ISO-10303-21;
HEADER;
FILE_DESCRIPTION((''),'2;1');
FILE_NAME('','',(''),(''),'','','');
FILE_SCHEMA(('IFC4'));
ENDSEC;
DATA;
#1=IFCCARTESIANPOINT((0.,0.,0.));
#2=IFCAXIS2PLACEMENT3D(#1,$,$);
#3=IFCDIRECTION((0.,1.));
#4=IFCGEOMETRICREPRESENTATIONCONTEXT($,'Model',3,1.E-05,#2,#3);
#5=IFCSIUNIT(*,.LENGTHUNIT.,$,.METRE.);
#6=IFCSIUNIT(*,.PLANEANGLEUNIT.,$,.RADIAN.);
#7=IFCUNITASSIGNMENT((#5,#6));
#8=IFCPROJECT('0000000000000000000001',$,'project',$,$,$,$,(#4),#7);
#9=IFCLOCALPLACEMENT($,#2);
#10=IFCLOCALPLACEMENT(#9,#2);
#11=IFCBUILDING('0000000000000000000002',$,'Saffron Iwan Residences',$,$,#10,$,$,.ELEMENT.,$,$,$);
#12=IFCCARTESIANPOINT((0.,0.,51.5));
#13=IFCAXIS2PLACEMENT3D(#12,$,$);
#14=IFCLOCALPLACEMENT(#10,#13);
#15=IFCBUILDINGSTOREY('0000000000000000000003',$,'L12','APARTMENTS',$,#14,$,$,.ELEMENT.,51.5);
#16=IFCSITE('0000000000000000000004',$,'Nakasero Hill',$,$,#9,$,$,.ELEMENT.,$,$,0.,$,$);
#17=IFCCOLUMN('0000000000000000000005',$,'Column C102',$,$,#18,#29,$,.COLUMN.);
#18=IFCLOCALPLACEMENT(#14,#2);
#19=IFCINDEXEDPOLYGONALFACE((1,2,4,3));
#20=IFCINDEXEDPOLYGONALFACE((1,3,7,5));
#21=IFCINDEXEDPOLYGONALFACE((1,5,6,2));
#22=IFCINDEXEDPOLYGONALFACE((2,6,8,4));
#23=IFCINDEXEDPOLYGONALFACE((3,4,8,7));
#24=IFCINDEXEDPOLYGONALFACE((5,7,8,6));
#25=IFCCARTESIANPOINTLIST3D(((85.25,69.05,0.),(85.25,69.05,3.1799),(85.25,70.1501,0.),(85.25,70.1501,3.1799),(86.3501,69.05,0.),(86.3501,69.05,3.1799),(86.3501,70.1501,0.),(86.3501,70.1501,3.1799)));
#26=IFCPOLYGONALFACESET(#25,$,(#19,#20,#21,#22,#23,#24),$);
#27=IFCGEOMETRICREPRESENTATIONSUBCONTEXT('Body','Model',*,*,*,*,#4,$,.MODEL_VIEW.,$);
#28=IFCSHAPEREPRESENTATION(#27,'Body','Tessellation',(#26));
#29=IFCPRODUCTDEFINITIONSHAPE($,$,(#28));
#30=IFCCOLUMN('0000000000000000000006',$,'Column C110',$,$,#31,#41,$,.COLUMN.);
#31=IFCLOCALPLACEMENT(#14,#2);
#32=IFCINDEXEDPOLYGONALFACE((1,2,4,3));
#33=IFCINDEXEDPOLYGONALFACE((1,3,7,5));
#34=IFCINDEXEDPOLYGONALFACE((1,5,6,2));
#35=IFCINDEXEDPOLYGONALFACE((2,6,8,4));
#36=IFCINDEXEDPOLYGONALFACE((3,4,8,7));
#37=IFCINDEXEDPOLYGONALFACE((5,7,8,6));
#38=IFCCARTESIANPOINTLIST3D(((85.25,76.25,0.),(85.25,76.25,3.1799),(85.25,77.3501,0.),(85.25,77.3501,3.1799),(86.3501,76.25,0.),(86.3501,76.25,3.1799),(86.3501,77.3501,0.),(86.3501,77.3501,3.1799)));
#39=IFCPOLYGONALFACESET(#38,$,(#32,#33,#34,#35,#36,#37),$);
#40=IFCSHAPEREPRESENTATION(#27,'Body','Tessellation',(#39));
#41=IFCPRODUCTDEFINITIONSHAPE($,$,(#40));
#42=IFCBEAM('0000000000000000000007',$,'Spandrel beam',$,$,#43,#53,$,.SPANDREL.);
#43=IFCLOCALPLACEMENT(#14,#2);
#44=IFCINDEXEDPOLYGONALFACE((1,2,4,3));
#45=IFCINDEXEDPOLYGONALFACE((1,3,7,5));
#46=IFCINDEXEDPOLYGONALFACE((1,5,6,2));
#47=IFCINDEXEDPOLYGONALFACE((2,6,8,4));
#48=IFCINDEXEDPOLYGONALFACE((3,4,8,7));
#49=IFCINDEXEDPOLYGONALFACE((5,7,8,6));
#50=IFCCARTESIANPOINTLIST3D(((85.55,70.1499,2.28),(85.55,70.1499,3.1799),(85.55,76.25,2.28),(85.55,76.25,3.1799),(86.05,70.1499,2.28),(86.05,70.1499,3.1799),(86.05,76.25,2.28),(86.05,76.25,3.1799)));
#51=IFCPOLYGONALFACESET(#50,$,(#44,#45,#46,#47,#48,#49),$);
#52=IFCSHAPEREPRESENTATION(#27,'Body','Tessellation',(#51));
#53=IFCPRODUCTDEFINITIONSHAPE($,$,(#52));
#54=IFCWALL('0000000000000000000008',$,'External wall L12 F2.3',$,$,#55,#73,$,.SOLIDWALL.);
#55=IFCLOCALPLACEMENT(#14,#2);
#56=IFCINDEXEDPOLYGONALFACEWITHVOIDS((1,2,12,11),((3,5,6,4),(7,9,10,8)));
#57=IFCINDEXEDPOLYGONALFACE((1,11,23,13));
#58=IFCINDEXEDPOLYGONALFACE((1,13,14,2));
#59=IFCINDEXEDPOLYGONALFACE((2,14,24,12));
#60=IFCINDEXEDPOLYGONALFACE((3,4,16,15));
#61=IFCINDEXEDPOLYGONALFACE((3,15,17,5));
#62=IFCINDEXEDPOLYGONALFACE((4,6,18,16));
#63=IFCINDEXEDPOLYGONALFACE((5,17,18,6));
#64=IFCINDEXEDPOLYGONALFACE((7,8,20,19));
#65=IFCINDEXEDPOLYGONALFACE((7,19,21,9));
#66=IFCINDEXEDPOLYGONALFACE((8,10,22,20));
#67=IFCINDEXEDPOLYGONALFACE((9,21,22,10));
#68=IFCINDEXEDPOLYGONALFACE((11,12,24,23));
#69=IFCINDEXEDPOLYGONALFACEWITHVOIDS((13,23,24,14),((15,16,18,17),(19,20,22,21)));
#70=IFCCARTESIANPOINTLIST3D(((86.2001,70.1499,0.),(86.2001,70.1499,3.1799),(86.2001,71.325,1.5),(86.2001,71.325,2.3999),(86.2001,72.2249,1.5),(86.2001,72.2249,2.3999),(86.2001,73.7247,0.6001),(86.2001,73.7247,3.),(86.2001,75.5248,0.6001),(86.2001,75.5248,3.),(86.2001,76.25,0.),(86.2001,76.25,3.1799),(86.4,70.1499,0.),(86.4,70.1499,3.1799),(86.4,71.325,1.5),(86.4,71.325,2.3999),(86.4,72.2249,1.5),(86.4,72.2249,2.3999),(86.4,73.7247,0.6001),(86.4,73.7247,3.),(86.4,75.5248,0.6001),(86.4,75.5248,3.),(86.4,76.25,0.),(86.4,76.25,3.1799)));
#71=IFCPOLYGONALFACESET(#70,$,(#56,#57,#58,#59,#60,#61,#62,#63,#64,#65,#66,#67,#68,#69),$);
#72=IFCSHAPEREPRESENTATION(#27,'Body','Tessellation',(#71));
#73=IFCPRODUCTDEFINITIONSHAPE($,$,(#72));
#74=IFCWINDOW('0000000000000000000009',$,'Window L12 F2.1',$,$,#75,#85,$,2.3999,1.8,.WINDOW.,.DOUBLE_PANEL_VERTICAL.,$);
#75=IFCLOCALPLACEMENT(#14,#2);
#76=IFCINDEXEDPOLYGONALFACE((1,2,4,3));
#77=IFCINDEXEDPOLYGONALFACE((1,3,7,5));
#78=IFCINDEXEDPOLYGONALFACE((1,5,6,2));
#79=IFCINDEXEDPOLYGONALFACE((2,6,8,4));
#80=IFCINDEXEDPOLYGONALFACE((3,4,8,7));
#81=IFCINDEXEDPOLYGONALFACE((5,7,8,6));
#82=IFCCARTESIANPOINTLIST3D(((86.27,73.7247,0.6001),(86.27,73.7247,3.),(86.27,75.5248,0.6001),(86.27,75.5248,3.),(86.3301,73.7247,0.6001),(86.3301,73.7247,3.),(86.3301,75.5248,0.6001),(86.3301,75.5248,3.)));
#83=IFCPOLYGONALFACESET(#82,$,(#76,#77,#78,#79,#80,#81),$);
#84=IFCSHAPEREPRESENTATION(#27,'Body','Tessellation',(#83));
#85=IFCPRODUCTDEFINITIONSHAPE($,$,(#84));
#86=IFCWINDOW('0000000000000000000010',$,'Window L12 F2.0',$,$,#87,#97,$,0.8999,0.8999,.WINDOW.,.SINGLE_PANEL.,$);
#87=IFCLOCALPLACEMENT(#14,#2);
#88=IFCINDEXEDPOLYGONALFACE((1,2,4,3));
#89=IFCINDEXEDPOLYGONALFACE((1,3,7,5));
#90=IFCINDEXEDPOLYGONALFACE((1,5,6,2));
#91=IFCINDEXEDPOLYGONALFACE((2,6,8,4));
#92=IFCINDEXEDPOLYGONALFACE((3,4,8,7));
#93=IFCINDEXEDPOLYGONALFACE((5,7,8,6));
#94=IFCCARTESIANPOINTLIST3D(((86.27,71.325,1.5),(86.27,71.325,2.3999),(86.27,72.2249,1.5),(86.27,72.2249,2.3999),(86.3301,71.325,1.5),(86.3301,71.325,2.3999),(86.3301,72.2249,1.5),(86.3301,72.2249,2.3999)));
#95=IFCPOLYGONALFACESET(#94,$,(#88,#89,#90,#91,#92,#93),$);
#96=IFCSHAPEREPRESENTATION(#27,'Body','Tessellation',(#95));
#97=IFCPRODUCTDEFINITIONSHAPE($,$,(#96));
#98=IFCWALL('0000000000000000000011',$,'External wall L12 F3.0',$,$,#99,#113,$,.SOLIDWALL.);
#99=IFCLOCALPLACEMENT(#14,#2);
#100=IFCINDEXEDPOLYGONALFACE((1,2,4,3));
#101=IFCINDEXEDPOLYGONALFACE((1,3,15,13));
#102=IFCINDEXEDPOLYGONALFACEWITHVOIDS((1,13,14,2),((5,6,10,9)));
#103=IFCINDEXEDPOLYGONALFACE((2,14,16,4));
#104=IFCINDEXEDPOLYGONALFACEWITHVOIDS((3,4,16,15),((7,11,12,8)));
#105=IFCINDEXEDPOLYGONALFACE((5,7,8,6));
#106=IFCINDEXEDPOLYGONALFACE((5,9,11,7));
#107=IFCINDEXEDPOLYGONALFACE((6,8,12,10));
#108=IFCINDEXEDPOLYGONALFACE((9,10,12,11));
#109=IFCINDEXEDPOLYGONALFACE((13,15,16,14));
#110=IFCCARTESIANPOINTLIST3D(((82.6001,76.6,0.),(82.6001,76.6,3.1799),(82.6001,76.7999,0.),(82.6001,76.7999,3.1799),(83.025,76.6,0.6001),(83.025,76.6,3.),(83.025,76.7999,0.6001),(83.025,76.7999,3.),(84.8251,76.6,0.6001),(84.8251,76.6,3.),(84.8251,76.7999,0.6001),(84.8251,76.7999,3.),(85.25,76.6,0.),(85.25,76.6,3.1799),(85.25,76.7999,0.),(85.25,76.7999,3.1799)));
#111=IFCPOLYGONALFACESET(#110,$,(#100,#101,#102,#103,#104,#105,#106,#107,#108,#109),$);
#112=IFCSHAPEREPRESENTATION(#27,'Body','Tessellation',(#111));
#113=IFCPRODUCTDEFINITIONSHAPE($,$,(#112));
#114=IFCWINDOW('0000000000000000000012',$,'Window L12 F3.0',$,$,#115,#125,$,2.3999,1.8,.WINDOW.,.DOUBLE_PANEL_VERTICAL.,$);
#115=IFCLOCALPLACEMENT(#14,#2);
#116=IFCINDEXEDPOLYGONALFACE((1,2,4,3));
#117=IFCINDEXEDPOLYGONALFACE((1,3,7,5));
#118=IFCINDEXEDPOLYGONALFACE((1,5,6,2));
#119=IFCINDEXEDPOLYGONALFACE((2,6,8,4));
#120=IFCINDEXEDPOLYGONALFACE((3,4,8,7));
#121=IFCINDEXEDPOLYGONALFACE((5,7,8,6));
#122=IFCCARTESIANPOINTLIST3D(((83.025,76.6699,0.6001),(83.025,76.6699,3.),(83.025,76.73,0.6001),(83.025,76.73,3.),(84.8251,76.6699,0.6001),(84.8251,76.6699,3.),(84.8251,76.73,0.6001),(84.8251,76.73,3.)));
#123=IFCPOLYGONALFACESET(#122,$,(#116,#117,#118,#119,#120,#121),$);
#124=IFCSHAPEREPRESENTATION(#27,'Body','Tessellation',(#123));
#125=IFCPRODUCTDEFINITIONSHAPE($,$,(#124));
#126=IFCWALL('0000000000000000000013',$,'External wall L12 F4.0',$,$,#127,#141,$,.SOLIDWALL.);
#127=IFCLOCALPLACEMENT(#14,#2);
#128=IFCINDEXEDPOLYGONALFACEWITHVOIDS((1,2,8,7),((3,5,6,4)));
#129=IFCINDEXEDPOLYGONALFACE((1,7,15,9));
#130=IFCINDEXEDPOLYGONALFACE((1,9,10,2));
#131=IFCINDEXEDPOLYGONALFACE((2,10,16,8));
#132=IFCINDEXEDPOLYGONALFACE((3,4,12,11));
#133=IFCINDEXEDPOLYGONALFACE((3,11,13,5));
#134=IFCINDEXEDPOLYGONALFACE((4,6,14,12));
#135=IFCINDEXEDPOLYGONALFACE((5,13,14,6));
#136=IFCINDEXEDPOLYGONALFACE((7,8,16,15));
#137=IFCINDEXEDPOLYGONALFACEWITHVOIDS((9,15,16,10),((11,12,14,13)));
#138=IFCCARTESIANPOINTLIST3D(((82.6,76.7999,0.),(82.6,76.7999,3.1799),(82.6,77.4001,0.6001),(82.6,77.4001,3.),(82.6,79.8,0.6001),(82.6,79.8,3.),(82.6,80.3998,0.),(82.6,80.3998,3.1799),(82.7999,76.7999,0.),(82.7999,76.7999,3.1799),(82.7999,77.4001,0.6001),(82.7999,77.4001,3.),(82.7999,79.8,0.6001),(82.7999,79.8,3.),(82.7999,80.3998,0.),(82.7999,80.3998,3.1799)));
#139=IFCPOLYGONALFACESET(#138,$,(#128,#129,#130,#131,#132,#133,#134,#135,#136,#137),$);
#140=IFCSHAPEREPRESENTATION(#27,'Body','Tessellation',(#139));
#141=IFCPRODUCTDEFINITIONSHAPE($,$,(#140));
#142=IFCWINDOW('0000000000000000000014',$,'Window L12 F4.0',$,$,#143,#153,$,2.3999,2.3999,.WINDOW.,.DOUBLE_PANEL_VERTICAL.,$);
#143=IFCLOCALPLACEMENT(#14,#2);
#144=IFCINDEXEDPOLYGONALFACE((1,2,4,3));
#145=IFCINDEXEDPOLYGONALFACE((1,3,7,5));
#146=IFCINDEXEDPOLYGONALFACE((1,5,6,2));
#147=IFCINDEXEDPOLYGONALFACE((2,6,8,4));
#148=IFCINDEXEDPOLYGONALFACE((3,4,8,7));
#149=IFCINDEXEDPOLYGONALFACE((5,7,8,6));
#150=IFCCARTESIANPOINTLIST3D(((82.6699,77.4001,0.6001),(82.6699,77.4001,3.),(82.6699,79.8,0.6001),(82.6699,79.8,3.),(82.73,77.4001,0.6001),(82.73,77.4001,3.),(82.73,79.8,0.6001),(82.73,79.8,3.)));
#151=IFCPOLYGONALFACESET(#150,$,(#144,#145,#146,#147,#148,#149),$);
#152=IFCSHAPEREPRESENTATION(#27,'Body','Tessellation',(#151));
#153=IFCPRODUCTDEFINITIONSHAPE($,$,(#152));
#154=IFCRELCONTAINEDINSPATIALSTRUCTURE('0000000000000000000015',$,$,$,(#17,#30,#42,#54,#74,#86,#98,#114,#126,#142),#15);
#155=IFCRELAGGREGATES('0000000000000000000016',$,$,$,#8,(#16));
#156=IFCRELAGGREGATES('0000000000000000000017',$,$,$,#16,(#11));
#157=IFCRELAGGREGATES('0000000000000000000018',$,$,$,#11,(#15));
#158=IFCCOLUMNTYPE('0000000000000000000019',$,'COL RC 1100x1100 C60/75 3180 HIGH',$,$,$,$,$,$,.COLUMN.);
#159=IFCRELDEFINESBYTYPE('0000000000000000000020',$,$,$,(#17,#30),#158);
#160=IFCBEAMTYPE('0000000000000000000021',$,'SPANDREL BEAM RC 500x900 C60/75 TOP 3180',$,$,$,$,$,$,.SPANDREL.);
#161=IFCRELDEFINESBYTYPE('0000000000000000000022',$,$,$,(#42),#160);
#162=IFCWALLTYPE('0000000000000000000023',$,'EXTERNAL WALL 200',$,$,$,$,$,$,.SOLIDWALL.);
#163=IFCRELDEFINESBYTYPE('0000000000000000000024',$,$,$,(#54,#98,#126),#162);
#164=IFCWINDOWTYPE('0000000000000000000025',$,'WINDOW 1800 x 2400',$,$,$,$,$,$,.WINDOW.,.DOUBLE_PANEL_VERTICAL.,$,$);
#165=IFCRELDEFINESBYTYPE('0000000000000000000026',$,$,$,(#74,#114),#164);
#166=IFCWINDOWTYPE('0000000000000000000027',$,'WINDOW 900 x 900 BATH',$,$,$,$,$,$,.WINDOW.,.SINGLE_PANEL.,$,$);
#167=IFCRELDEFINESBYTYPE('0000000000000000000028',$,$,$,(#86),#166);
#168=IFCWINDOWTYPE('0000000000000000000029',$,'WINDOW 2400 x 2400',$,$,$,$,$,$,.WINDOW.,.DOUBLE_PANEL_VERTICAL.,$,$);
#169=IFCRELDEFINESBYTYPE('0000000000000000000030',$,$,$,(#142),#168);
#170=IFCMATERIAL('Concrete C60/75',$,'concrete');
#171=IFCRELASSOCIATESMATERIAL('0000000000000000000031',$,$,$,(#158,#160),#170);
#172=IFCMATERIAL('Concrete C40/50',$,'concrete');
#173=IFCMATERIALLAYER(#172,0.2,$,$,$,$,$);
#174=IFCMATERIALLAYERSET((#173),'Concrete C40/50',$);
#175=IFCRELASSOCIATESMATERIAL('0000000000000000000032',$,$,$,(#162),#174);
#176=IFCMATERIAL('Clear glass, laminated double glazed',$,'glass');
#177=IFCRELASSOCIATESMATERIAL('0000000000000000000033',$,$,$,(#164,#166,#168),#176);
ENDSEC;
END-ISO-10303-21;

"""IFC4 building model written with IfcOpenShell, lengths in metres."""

from ifc_helpers import new_model, si_unit, direction, frame, frame_2d, origin, origin_2d, place, context, subcontext, project, spatial, rectangle, extrude, source, transform, mapped, material, layer, layer_set, material_profile, profile_set, type_object, element, fill, save


model = new_model("IFC4")

# Units and contexts
model_context = context("Model", 3, precision=1e-05, world=origin(), true_north=direction((0.0, 1.0)))
body_context = subcontext(model_context, "Body", "Model", "MODEL_VIEW")
ifc_project = project(units=[si_unit("LENGTHUNIT", "METRE"), si_unit("PLANEANGLEUNIT", "RADIAN")], contexts=[model_context])

# Site, building, storey
site_placement = place(None, origin())
site = spatial("IfcSite", under=ifc_project, at=site_placement, Name="Nakasero Hill", CompositionType="ELEMENT", RefElevation=0.0)
building_placement = place(site_placement, origin())
building = spatial("IfcBuilding", under=site, at=building_placement, Name="Saffron Iwan Residences", CompositionType="ELEMENT")
storey_placement = place(building_placement, frame((0.0, 0.0, 51.5)))
storey = spatial("IfcBuildingStorey", under=building, at=storey_placement, Name="L12", Description="APARTMENTS", CompositionType="ELEMENT", Elevation=51.5)

# Columns
ifc_material_1 = material(Name="Concrete C60/75", Category="concrete")
ifc_material_profile_1 = material_profile(ifc_material_1, rectangle(XDim=1.1001, YDim=1.1001, at=origin_2d()), Name="RC 1100x1100")
ifc_profile_set_1 = profile_set([ifc_material_profile_1], Name="Concrete C60/75")
column_type = type_object("IfcColumnType", Name="COL RC 1100x1100 C60/75 3180 HIGH", PredefinedType="COLUMN", material=ifc_profile_set_1)
shared_shape_1 = source(origin(), body_context, "Body", "SweptSolid", [
    extrude(rectangle(XDim=1.1001, YDim=1.1001, at=origin_2d()), origin(), (0.0, 0.0, 1.0), 3.1799),
])
for number, where, z_axis, x_axis, name in (
    (1, (85.8, 69.6001, 0.0), (0.0, 0.0, 1.0), (1.0, 0.0, 0.0), "Column C102"),
    (2, (85.8, 76.8, 0.0), (0.0, 0.0, 1.0), (1.0, 0.0, 0.0), "Column C110"),
):
    element("IfcColumn", number, at=place(storey_placement, frame(where, z_axis=z_axis, x_axis=x_axis)), inside=storey, type_object=column_type, Name=name, PredefinedType="COLUMN", context=body_context, shape_type="MappedRepresentation", body=[
        mapped(shared_shape_1, transform((0.0, 0.0, 0.0))),
    ])

# Beam
ifc_material_profile_2 = material_profile(ifc_material_1, rectangle(XDim=0.5, YDim=0.8999, at=origin_2d()), Name="RC 500x900")
ifc_profile_set_2 = profile_set([ifc_material_profile_2], Name="Concrete C60/75")
beam_type = type_object("IfcBeamType", Name="SPANDREL BEAM RC 500x900 C60/75 TOP 3180", PredefinedType="SPANDREL", material=ifc_profile_set_2)
shared_shape_2 = source(origin(), body_context, "Body", "SweptSolid", [
    extrude(rectangle(XDim=0.5, YDim=0.8999, at=origin_2d()), origin(), (0.0, 0.0, 1.0), 6.1001),
])
beam_placement = place(storey_placement, frame((85.8, 76.25, 2.73), z_axis=(0.0, -1.0, 0.0), x_axis=(1.0, 0.0, 0.0)))
element("IfcBeam", 3, at=beam_placement, inside=storey, type_object=beam_type, Name="Spandrel beam", PredefinedType="SPANDREL", context=body_context, shape_type="MappedRepresentation", body=[
    mapped(shared_shape_2, transform((0.0, 0.0, 0.0))),
])

# Wall, openings, windows
ifc_material_2 = material(Name="Concrete C40/50", Category="concrete")
ifc_layer = layer(ifc_material_2, 0.2)
ifc_layer_set = layer_set([ifc_layer], Name="Concrete C40/50")
wall_type = type_object("IfcWallType", Name="EXTERNAL WALL 200", PredefinedType="SOLIDWALL", material=ifc_layer_set)
wall_1_placement = place(storey_placement, frame((86.3, 70.1499, 0.0), z_axis=(0.0, 0.0, 1.0), x_axis=(0.0, 1.0, 0.0)))
wall_1 = element("IfcWall", 4, at=wall_1_placement, inside=storey, type_object=wall_type, Name="External wall L12 F2.3", PredefinedType="SOLIDWALL", context=body_context, shape_type="SweptSolid", body=[
    extrude(rectangle(XDim=6.1001, YDim=0.2, at=frame_2d((3.05, 0.0))), origin(), (0.0, 0.0, 1.0), 3.1799),
])
opening_1_placement = place(wall_1_placement, frame((1.175, 0.0, 1.5)))
opening_1 = element("IfcOpeningElement", 5, at=opening_1_placement, cuts=wall_1, PredefinedType="OPENING", context=body_context, shape_type="SweptSolid", body=[
    extrude(rectangle(XDim=0.8999, YDim=0.8999, at=frame_2d((0.45, 0.45))), frame((0.0, 0.1099, 0.0), z_axis=(0.0, -1.0, 0.0), x_axis=(1.0, 0.0, 0.0)), (0.0, 0.0, 1.0), 0.22),
])
opening_2_placement = place(wall_1_placement, frame((3.575, 0.0, 0.6001)))
opening_2 = element("IfcOpeningElement", 6, at=opening_2_placement, cuts=wall_1, PredefinedType="OPENING", context=body_context, shape_type="SweptSolid", body=[
    extrude(rectangle(XDim=1.8, YDim=2.3999, at=frame_2d((0.8999, 1.2))), frame((0.0, 0.1099, 0.0), z_axis=(0.0, -1.0, 0.0), x_axis=(1.0, 0.0, 0.0)), (0.0, 0.0, 1.0), 0.22),
])
ifc_material_3 = material(Name="Clear glass, laminated double glazed", Category="glass")
window_type_1 = type_object("IfcWindowType", Name="WINDOW 1800 x 2400", PartitioningType="DOUBLE_PANEL_VERTICAL", PredefinedType="WINDOW", material=ifc_material_3)
window_1_placement = place(opening_2_placement, origin())
window_1 = element("IfcWindow", 7, at=window_1_placement, inside=storey, type_object=window_type_1, Name="Window L12 F2.1", OverallHeight=2.3999, OverallWidth=1.8, PartitioningType="DOUBLE_PANEL_VERTICAL", PredefinedType="WINDOW", context=body_context, shape_type="SweptSolid", body=[
    extrude(rectangle(XDim=1.8, YDim=2.3999, at=frame_2d((0.8999, 1.2))), frame((0.0, 0.03, 0.0), z_axis=(0.0, -1.0, 0.0), x_axis=(1.0, 0.0, 0.0)), (0.0, 0.0, 1.0), 0.0601),
])
fill(opening_2, window_1)
window_type_2 = type_object("IfcWindowType", Name="WINDOW 900 x 900 BATH", PartitioningType="SINGLE_PANEL", PredefinedType="WINDOW", material=ifc_material_3)
window_2_placement = place(opening_1_placement, origin())
window_2 = element("IfcWindow", 8, at=window_2_placement, inside=storey, type_object=window_type_2, Name="Window L12 F2.0", OverallHeight=0.8999, OverallWidth=0.8999, PartitioningType="SINGLE_PANEL", PredefinedType="WINDOW", context=body_context, shape_type="SweptSolid", body=[
    extrude(rectangle(XDim=0.8999, YDim=0.8999, at=frame_2d((0.45, 0.45))), frame((0.0, 0.03, 0.0), z_axis=(0.0, -1.0, 0.0), x_axis=(1.0, 0.0, 0.0)), (0.0, 0.0, 1.0), 0.0601),
])
fill(opening_1, window_2)

# Walls, openings, windows
wall_2_placement = place(storey_placement, frame((85.25, 76.7, 0.0), z_axis=(0.0, 0.0, 1.0), x_axis=(-1.0, 0.0, 0.0)))
wall_2 = element("IfcWall", 9, at=wall_2_placement, inside=storey, type_object=wall_type, Name="External wall L12 F3.0", PredefinedType="SOLIDWALL", context=body_context, shape_type="SweptSolid", body=[
    extrude(rectangle(XDim=2.6499, YDim=0.2, at=frame_2d((1.325, 0.0))), origin(), (0.0, 0.0, 1.0), 3.1799),
])
opening_3_placement = place(wall_2_placement, frame((0.425, 0.0, 0.6001)))
opening_3 = element("IfcOpeningElement", 10, at=opening_3_placement, cuts=wall_2, PredefinedType="OPENING", context=body_context, shape_type="SweptSolid", body=[
    extrude(rectangle(XDim=1.8, YDim=2.3999, at=frame_2d((0.8999, 1.2))), frame((0.0, 0.1099, 0.0), z_axis=(0.0, -1.0, 0.0), x_axis=(1.0, 0.0, 0.0)), (0.0, 0.0, 1.0), 0.22),
])
window_3_placement = place(opening_3_placement, origin())
window_3 = element("IfcWindow", 11, at=window_3_placement, inside=storey, type_object=window_type_1, Name="Window L12 F3.0", OverallHeight=2.3999, OverallWidth=1.8, PartitioningType="DOUBLE_PANEL_VERTICAL", PredefinedType="WINDOW", context=body_context, shape_type="SweptSolid", body=[
    extrude(rectangle(XDim=1.8, YDim=2.3999, at=frame_2d((0.8999, 1.2))), frame((0.0, 0.03, 0.0), z_axis=(0.0, -1.0, 0.0), x_axis=(1.0, 0.0, 0.0)), (0.0, 0.0, 1.0), 0.0601),
])
fill(opening_3, window_3)
wall_3_placement = place(storey_placement, frame((82.7, 76.8, 0.0), z_axis=(0.0, 0.0, 1.0), x_axis=(0.0, 1.0, 0.0)))
wall_3 = element("IfcWall", 12, at=wall_3_placement, inside=storey, type_object=wall_type, Name="External wall L12 F4.0", PredefinedType="SOLIDWALL", context=body_context, shape_type="SweptSolid", body=[
    extrude(rectangle(XDim=3.5999, YDim=0.2, at=frame_2d((1.7998, 0.0))), origin(), (0.0, 0.0, 1.0), 3.1799),
])
opening_4_placement = place(wall_3_placement, frame((0.6001, 0.0, 0.6001)))
opening_4 = element("IfcOpeningElement", 13, at=opening_4_placement, cuts=wall_3, PredefinedType="OPENING", context=body_context, shape_type="SweptSolid", body=[
    extrude(rectangle(XDim=2.3999, YDim=2.3999, at=frame_2d((1.2, 1.2))), frame((0.0, 0.1099, 0.0), z_axis=(0.0, -1.0, 0.0), x_axis=(1.0, 0.0, 0.0)), (0.0, 0.0, 1.0), 0.22),
])
window_type_3 = type_object("IfcWindowType", Name="WINDOW 2400 x 2400", PartitioningType="DOUBLE_PANEL_VERTICAL", PredefinedType="WINDOW", material=ifc_material_3)
window_4_placement = place(opening_4_placement, origin())
window_4 = element("IfcWindow", 14, at=window_4_placement, inside=storey, type_object=window_type_3, Name="Window L12 F4.0", OverallHeight=2.3999, OverallWidth=2.3999, PartitioningType="DOUBLE_PANEL_VERTICAL", PredefinedType="WINDOW", context=body_context, shape_type="SweptSolid", body=[
    extrude(rectangle(XDim=2.3999, YDim=2.3999, at=frame_2d((1.2, 1.2))), frame((0.0, 0.03, 0.0), z_axis=(0.0, -1.0, 0.0), x_axis=(1.0, 0.0, 0.0)), (0.0, 0.0, 1.0), 0.0601),
])
fill(opening_4, window_4)

save(model, "model.ifc")
